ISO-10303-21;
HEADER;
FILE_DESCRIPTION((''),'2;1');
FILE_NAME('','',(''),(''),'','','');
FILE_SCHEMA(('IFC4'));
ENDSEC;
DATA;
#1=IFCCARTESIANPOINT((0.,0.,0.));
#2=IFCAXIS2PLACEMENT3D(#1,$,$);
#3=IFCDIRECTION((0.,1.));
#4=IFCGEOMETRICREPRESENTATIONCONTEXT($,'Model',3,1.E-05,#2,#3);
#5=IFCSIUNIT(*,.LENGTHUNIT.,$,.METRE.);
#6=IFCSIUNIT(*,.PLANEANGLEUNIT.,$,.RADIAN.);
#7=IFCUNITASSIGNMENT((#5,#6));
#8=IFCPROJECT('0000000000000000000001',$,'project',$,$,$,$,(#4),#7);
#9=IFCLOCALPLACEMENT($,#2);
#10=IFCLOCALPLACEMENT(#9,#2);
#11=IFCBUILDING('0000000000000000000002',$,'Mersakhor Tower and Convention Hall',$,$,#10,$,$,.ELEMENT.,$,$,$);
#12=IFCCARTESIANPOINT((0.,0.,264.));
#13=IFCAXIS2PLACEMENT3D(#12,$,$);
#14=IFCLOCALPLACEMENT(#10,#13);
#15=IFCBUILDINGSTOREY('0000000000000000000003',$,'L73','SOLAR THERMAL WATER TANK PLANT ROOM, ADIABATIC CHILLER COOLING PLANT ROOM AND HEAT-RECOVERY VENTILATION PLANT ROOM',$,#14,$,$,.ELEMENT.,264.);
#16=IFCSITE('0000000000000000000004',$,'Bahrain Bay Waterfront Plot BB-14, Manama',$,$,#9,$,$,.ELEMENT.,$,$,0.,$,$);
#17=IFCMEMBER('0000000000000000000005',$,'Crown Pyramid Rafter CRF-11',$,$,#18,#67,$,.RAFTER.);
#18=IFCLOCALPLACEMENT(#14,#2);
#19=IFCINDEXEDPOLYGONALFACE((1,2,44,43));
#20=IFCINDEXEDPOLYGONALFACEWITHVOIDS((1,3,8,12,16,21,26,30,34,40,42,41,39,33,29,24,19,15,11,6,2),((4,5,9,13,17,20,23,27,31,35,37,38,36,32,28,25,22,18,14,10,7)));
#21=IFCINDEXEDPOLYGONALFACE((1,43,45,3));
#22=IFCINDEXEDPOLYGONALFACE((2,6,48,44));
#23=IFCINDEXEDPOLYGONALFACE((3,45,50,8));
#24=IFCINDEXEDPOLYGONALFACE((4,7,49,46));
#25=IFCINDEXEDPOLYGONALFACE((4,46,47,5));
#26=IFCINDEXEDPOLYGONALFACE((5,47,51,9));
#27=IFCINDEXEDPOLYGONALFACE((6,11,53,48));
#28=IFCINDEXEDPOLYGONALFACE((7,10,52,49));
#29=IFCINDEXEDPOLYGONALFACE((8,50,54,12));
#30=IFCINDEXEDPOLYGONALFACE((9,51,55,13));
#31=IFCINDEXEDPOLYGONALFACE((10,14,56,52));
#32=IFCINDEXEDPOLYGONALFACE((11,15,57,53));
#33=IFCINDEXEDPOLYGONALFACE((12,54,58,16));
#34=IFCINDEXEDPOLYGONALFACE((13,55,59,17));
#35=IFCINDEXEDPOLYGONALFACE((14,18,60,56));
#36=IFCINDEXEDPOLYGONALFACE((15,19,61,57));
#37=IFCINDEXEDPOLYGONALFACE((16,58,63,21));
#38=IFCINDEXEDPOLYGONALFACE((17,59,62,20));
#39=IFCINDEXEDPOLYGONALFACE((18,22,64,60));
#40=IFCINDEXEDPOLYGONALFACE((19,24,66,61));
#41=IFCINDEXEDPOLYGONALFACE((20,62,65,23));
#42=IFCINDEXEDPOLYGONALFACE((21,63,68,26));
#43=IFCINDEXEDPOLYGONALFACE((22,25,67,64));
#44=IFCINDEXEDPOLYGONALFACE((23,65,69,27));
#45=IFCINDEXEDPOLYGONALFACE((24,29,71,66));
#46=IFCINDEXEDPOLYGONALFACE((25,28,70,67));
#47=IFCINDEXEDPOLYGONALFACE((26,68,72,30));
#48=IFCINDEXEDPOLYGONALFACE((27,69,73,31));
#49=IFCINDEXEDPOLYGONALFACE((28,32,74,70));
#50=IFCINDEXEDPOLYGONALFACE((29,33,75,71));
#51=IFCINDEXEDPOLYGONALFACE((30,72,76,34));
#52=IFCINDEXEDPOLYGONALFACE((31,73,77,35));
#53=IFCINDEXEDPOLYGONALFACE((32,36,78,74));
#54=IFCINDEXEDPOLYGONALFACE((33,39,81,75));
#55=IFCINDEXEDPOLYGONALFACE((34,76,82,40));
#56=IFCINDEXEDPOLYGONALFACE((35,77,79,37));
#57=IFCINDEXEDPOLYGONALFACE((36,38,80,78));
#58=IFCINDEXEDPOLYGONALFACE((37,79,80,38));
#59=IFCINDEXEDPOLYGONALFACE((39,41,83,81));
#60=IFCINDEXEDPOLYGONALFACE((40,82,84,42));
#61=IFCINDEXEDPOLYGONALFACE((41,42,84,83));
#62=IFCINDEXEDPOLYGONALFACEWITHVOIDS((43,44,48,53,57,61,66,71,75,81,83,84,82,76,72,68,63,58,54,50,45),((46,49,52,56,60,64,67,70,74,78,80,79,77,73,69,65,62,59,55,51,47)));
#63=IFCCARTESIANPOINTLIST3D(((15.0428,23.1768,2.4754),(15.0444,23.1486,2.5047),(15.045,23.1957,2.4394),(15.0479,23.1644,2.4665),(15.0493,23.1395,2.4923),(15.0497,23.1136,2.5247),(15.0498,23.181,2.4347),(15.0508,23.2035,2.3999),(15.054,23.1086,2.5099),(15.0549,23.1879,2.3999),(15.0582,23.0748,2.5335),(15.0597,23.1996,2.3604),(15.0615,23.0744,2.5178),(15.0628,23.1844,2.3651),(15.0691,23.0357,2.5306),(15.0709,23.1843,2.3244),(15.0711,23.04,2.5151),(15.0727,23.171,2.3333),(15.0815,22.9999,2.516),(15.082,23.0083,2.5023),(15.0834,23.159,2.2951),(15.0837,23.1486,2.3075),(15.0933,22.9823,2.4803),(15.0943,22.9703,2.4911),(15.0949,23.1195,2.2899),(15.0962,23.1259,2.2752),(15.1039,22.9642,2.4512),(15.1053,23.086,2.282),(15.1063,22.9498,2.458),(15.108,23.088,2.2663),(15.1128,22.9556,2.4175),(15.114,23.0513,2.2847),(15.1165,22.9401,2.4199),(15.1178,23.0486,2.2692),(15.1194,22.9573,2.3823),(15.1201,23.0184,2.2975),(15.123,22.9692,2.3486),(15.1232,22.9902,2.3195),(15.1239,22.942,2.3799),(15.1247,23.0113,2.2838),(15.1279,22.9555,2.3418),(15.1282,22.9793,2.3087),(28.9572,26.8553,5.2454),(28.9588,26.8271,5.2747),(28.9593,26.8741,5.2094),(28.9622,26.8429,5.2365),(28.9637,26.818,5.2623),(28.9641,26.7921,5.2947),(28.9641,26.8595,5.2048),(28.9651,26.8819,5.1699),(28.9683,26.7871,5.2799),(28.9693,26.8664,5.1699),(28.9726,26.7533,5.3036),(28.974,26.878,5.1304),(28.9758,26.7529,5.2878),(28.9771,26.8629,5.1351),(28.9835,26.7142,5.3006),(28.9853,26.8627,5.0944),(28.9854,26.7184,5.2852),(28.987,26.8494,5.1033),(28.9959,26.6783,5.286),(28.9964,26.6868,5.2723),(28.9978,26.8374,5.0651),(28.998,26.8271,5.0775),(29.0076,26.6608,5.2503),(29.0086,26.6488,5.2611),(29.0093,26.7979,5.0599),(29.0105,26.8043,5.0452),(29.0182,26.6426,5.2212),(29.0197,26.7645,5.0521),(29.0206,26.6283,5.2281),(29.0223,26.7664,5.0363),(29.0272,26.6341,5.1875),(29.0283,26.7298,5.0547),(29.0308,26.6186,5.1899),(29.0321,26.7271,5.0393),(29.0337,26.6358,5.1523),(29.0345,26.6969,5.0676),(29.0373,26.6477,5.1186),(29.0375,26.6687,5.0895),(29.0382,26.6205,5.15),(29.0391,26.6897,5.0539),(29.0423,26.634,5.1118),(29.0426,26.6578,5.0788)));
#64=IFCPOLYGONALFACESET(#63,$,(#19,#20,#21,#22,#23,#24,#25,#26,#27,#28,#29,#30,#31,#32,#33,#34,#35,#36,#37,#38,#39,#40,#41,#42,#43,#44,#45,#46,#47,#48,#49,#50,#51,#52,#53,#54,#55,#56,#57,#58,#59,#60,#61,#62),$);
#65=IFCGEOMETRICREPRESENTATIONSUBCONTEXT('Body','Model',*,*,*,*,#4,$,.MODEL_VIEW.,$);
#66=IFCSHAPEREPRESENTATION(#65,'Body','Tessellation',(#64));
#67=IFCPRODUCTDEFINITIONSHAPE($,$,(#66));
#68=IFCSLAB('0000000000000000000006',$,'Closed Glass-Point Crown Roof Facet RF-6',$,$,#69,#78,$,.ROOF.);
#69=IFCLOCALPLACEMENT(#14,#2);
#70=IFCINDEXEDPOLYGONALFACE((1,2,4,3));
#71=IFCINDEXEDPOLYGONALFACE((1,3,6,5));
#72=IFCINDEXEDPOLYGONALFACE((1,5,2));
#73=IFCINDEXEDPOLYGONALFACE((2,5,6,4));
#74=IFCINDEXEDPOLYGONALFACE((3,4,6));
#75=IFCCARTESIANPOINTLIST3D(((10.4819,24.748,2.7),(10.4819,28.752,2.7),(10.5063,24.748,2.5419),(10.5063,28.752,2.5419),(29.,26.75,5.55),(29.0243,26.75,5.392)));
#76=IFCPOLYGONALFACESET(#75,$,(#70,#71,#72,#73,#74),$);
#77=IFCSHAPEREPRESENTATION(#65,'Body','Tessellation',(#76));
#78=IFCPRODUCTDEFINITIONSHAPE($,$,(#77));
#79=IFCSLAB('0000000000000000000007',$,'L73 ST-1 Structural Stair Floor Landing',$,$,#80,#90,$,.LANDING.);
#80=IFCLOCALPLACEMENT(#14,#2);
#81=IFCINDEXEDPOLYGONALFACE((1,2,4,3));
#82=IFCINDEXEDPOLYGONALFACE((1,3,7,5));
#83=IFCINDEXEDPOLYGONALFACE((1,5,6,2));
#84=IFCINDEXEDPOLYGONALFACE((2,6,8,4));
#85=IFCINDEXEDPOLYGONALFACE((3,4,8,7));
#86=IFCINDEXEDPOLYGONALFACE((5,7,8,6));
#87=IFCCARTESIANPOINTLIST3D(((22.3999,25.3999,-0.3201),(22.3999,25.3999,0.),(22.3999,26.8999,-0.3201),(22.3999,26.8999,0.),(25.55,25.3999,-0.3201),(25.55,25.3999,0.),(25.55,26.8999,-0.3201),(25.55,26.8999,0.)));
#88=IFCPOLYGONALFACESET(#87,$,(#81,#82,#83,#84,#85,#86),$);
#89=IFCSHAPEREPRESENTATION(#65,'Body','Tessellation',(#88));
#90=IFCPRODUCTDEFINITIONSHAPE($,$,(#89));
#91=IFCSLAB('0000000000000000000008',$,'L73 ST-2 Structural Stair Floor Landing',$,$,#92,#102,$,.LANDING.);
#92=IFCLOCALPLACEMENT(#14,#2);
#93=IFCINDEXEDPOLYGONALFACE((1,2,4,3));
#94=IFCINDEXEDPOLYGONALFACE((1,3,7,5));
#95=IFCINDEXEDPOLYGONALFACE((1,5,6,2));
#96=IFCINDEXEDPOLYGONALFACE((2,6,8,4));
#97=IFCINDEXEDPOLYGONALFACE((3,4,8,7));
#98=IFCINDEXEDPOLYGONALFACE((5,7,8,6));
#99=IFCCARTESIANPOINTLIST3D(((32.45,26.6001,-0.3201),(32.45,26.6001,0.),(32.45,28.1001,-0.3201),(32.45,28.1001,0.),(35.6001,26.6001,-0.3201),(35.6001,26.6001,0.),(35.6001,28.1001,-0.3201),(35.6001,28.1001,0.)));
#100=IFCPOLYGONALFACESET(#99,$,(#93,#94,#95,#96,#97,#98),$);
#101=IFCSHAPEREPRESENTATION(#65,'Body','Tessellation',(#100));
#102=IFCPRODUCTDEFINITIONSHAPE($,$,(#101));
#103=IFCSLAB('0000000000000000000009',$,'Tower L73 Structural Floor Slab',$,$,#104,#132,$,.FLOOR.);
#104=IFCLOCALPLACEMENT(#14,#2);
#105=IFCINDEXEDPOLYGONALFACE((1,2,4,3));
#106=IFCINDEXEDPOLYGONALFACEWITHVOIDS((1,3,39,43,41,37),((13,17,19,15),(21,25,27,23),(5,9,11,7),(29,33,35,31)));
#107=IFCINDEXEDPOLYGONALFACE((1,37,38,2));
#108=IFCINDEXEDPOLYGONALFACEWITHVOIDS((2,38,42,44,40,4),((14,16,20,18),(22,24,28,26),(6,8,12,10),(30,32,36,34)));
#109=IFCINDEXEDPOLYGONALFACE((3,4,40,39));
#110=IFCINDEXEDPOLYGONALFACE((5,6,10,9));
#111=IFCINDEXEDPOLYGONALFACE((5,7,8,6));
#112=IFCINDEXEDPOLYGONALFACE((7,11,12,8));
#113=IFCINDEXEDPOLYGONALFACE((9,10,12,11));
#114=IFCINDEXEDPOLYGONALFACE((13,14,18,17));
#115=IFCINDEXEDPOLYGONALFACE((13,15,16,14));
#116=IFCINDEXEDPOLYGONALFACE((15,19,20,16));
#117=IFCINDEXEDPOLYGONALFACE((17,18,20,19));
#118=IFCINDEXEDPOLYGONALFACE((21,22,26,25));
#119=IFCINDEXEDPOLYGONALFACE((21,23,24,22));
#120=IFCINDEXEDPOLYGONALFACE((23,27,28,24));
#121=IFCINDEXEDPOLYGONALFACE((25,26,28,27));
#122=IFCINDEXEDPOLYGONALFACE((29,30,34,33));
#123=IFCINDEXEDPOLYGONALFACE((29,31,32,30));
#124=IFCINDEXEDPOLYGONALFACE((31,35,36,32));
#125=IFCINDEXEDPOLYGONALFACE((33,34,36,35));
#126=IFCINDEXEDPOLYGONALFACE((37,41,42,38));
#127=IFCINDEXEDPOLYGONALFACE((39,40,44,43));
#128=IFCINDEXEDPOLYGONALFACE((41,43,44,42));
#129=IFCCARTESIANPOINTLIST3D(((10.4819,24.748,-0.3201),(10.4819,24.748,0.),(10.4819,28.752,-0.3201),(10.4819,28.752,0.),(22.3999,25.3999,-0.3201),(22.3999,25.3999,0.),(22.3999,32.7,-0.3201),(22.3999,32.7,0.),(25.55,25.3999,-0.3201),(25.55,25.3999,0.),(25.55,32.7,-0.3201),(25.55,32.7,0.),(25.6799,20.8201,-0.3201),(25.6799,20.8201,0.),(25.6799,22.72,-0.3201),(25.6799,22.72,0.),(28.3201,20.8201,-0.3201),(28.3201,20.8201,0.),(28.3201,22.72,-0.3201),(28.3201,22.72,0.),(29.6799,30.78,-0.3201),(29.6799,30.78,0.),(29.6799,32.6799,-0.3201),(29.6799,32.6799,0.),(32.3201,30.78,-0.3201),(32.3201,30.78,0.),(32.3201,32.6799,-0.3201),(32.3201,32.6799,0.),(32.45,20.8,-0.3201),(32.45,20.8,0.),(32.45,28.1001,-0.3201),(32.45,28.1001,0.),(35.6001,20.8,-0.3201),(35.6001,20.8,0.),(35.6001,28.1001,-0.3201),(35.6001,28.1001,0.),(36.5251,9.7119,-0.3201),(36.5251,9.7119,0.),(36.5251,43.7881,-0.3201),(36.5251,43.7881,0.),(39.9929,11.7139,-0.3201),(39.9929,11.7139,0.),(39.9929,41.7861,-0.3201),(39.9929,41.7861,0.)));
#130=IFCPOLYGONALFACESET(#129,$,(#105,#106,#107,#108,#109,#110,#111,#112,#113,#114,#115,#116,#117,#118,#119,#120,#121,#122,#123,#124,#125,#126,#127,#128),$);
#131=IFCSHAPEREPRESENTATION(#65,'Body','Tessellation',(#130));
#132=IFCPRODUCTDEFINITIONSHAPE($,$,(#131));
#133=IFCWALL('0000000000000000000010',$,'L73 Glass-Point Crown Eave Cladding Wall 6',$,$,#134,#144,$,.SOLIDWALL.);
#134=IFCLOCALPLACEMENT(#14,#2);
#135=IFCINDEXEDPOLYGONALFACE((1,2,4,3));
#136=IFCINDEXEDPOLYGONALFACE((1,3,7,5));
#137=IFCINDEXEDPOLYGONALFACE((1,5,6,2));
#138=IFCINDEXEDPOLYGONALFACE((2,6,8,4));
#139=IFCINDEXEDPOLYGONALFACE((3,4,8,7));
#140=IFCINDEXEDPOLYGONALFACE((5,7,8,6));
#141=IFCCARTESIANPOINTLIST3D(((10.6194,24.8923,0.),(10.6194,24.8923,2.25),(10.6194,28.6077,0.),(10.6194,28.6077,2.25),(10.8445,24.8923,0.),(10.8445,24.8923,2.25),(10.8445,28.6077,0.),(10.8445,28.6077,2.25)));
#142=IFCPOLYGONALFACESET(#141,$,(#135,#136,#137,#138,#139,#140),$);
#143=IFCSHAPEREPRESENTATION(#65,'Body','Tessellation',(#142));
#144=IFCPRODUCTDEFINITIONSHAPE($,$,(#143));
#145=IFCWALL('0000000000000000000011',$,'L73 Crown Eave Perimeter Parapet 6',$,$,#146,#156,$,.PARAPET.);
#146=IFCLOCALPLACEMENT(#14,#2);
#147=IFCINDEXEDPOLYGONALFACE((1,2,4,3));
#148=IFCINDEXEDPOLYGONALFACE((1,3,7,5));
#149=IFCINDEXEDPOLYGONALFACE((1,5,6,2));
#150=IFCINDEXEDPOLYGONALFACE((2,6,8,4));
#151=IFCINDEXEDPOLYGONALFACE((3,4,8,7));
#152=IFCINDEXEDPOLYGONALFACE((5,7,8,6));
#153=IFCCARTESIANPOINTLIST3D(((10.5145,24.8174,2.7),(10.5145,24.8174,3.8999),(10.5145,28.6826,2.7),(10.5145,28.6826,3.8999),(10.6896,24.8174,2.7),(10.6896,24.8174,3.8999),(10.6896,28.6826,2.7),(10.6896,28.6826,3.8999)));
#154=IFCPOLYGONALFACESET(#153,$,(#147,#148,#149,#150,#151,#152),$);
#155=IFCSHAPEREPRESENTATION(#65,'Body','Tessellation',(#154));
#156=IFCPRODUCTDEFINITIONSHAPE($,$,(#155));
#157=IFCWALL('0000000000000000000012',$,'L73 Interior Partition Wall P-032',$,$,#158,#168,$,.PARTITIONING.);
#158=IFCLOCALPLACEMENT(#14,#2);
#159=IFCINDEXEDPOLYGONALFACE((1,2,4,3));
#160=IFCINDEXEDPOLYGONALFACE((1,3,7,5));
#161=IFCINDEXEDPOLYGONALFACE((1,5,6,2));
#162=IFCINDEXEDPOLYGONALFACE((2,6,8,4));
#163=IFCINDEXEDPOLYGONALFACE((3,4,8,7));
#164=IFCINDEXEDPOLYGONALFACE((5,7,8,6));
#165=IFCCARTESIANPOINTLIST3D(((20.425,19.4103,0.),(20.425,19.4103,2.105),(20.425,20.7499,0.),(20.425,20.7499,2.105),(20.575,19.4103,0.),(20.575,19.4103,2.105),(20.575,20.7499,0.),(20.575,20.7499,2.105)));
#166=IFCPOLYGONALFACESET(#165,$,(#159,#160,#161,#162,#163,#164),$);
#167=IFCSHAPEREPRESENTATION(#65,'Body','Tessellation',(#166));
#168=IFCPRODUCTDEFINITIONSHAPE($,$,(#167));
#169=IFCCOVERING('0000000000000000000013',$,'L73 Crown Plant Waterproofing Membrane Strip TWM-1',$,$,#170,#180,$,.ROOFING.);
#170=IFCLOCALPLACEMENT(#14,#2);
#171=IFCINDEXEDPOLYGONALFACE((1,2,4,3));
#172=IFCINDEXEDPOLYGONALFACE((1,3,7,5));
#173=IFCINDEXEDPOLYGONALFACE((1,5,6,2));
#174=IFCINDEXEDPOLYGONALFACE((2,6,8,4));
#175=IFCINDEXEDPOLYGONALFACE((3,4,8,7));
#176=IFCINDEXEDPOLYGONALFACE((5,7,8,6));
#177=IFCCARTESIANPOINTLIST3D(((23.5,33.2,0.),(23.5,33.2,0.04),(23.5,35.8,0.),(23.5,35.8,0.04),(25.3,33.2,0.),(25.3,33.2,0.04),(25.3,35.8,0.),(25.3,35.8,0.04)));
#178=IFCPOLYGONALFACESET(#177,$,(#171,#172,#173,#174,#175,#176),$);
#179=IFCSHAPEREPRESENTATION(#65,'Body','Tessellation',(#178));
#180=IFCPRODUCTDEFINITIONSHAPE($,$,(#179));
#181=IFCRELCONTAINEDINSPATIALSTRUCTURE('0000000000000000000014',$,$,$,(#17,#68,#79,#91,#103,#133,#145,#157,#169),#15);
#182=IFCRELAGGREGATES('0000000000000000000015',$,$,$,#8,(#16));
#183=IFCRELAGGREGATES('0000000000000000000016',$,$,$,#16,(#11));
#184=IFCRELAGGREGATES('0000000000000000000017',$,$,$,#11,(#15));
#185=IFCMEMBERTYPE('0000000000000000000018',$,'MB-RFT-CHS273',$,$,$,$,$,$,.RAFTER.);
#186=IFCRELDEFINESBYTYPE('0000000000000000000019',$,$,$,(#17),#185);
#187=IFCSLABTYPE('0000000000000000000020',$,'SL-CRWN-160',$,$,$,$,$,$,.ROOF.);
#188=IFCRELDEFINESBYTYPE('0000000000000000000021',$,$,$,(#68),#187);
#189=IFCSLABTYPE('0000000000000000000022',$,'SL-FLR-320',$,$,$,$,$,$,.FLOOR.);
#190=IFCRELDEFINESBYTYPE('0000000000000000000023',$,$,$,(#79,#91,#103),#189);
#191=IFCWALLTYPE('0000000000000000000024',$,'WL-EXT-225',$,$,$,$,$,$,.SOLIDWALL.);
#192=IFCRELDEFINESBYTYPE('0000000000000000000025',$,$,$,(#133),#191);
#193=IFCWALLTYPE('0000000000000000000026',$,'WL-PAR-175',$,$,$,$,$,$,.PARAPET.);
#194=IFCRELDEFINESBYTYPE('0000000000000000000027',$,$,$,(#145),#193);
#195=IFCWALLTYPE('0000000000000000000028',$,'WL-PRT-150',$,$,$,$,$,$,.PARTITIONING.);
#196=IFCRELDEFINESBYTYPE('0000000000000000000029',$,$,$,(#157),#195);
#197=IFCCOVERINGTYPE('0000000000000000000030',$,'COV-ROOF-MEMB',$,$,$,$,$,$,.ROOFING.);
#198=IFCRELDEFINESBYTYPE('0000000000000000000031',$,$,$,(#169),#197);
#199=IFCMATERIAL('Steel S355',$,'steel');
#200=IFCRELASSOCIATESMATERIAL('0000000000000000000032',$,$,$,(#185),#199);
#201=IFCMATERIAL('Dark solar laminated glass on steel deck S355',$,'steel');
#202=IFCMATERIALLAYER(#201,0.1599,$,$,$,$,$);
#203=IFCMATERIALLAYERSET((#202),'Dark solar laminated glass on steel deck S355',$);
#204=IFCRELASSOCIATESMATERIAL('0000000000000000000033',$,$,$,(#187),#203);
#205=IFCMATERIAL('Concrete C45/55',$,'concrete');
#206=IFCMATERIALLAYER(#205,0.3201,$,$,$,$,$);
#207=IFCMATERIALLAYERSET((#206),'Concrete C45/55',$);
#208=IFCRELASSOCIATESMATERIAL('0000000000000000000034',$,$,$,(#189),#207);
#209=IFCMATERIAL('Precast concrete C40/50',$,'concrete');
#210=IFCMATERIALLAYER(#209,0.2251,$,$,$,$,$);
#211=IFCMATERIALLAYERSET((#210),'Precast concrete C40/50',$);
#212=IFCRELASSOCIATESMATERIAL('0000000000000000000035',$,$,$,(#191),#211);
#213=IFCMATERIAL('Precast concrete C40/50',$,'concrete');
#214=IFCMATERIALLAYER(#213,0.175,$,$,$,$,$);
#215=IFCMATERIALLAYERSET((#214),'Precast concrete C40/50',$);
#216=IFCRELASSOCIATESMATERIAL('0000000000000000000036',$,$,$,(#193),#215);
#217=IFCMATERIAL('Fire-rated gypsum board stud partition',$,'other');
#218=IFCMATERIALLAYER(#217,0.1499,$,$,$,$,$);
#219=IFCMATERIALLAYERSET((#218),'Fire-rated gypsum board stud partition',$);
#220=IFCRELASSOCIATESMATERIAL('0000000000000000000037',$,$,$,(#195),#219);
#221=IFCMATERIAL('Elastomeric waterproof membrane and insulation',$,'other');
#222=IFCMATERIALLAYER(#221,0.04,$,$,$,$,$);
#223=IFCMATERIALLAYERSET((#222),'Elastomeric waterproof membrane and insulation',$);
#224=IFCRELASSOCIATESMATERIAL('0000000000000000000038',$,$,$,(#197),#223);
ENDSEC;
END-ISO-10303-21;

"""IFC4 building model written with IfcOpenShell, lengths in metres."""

from ifc_helpers import new_model, si_unit, direction, frame, frame_2d, origin, origin_2d, place, context, subcontext, project, spatial, polyline, rectangle, hollow_circle, outline, extrude, material, layer, layer_set, material_profile, profile_set, type_object, element, save


model = new_model("IFC4")

# Units and contexts
model_context = context("Model", 3, precision=1e-05, world=origin(), true_north=direction((0.0, 1.0)))
body_context = subcontext(model_context, "Body", "Model", "MODEL_VIEW")
ifc_project = project(units=[si_unit("LENGTHUNIT", "METRE"), si_unit("PLANEANGLEUNIT", "RADIAN")], contexts=[model_context])

# Site, building, storey
site_placement = place(None, origin())
site = spatial("IfcSite", under=ifc_project, at=site_placement, Name="Bahrain Bay Waterfront Plot BB-14, Manama", CompositionType="ELEMENT", RefElevation=0.0)
building_placement = place(site_placement, origin())
building = spatial("IfcBuilding", under=site, at=building_placement, Name="Mersakhor Tower and Convention Hall", CompositionType="ELEMENT")
storey_placement = place(building_placement, frame((0.0, 0.0, 264.0)))
storey = spatial("IfcBuildingStorey", under=building, at=storey_placement, Name="L73", Description="SOLAR THERMAL WATER TANK PLANT ROOM, ADIABATIC CHILLER COOLING PLANT ROOM AND HEAT-RECOVERY VENTILATION PLANT ROOM", CompositionType="ELEMENT", Elevation=264.0)

# Member
ifc_material_1 = material(Name="Steel S355", Category="steel")
ifc_material_profile_1 = material_profile(ifc_material_1, hollow_circle(Radius=0.1365, WallThickness=0.0161, at=origin_2d()), Name="CHS 273x16")
ifc_profile_set_1 = profile_set([ifc_material_profile_1], Name="Steel S355")
member_type_1 = type_object("IfcMemberType", Name="MB-RFT-CHS273", PredefinedType="RAFTER", material=ifc_profile_set_1)
member_1_placement = place(storey_placement, frame((15.0857, 23.0715, 2.3999), z_axis=(0.949363, 0.250979, 0.188996), x_axis=(-0.255585, 0.966787, 0.0)))
element("IfcMember", 1, at=member_1_placement, inside=storey, type_object=member_type_1, Name="Crown Pyramid Rafter CRF-11", PredefinedType="RAFTER", context=body_context, shape_type="SweptSolid", body=[
    extrude(hollow_circle(Radius=0.1365, WallThickness=0.0161, at=origin_2d()), origin(), (0.0, 0.0, 1.0), 14.6565),
])

# Slabs
ifc_material_2 = material(Name="Dark solar laminated glass on steel deck S355", Category="steel")
ifc_layer_1 = layer(ifc_material_2, 0.1599)
ifc_layer_set_1 = layer_set([ifc_layer_1], Name="Dark solar laminated glass on steel deck S355")
slab_type_1 = type_object("IfcSlabType", Name="SL-CRWN-160", PredefinedType="ROOF", material=ifc_layer_set_1)
slab_1_placement = place(storey_placement, frame((10.4819, 24.748, 2.7), z_axis=(-0.152118, 0.0, 0.988362), x_axis=(0.982768, 0.106245, 0.151257)))
element("IfcSlab", 2, at=slab_1_placement, inside=storey, type_object=slab_type_1, Name="Closed Glass-Point Crown Roof Facet RF-6", PredefinedType="ROOF", context=body_context, shape_type="SweptSolid", body=[
    extrude(outline(polyline([(0.0, 0.0), (18.8428, 0.0), (0.4254, 3.9812), (0.0, 0.0)])), origin(), (0.0, 0.0, -1.0), 0.1599),
])
ifc_material_3 = material(Name="Concrete C45/55", Category="concrete")
ifc_layer_2 = layer(ifc_material_3, 0.3201)
ifc_layer_set_2 = layer_set([ifc_layer_2], Name="Concrete C45/55")
slab_type_2 = type_object("IfcSlabType", Name="SL-FLR-320", PredefinedType="FLOOR", material=ifc_layer_set_2)
slab_2_placement = place(storey_placement, frame((0.0, 0.0, -0.3201)))
element("IfcSlab", 3, at=slab_2_placement, inside=storey, type_object=slab_type_2, Name="L73 ST-1 Structural Stair Floor Landing", PredefinedType="LANDING", context=body_context, shape_type="SweptSolid", body=[
    extrude(outline(polyline([(25.55, 25.3999), (25.55, 26.8999), (22.3999, 26.8999), (22.3999, 25.3999), (25.55, 25.3999)])), origin(), (0.0, 0.0, 1.0), 0.3201),
])
slab_3_placement = place(storey_placement, frame((0.0, 0.0, -0.3201)))
element("IfcSlab", 4, at=slab_3_placement, inside=storey, type_object=slab_type_2, Name="L73 ST-2 Structural Stair Floor Landing", PredefinedType="LANDING", context=body_context, shape_type="SweptSolid", body=[
    extrude(outline(polyline([(32.45, 28.1001), (32.45, 26.6001), (35.6001, 26.6001), (35.6001, 28.1001), (32.45, 28.1001)])), origin(), (0.0, 0.0, 1.0), 0.3201),
])
slab_4_placement = place(storey_placement, frame((0.0, 0.0, -0.3201)))
element("IfcSlab", 5, at=slab_4_placement, inside=storey, type_object=slab_type_2, Name="Tower L73 Structural Floor Slab", PredefinedType="FLOOR", context=body_context, shape_type="SweptSolid", body=[
    extrude(outline(polyline([(10.4819, 28.752), (36.5251, 43.7881), (39.9929, 41.7861), (39.9929, 11.7139), (36.5251, 9.7119), (10.4819, 24.748), (10.4819, 28.752)]), holes=[polyline([(25.55, 25.3999), (25.55, 32.7), (22.3999, 32.7), (22.3999, 25.3999), (25.55, 25.3999)]), polyline([(32.45, 28.1001), (32.45, 20.8), (35.6001, 20.8), (35.6001, 28.1001), (32.45, 28.1001)]), polyline([(25.6799, 20.8201), (25.6799, 22.72), (28.3201, 22.72), (28.3201, 20.8201), (25.6799, 20.8201)]), polyline([(29.6799, 30.78), (29.6799, 32.6799), (32.3201, 32.6799), (32.3201, 30.78), (29.6799, 30.78)])]), origin(), (0.0, 0.0, 1.0), 0.3201),
])

# Walls
ifc_material_4 = material(Name="Precast concrete C40/50", Category="concrete")
ifc_layer_3 = layer(ifc_material_4, 0.2251)
ifc_layer_set_3 = layer_set([ifc_layer_3], Name="Precast concrete C40/50")
wall_type_1 = type_object("IfcWallType", Name="WL-EXT-225", PredefinedType="SOLIDWALL", material=ifc_layer_set_3)
wall_1_placement = place(storey_placement, frame((10.7319, 24.8923, 0.0), z_axis=(0.0, 0.0, 1.0), x_axis=(0.0, 1.0, 0.0)))
element("IfcWall", 6, at=wall_1_placement, inside=storey, type_object=wall_type_1, Name="L73 Glass-Point Crown Eave Cladding Wall 6", PredefinedType="SOLIDWALL", context=body_context, shape_type="SweptSolid", body=[
    extrude(rectangle(XDim=3.7153, YDim=0.2251, at=frame_2d((1.8577, 0.0))), origin(), (0.0, 0.0, 1.0), 2.25),
])
ifc_material_5 = material(Name="Precast concrete C40/50", Category="concrete")
ifc_layer_4 = layer(ifc_material_5, 0.175)
ifc_layer_set_4 = layer_set([ifc_layer_4], Name="Precast concrete C40/50")
wall_type_2 = type_object("IfcWallType", Name="WL-PAR-175", PredefinedType="PARAPET", material=ifc_layer_set_4)
wall_2_placement = place(storey_placement, frame((10.6021, 24.8174, 2.7), z_axis=(0.0, 0.0, 1.0), x_axis=(0.0, 1.0, 0.0)))
element("IfcWall", 7, at=wall_2_placement, inside=storey, type_object=wall_type_2, Name="L73 Crown Eave Perimeter Parapet 6", PredefinedType="PARAPET", context=body_context, shape_type="SweptSolid", body=[
    extrude(rectangle(XDim=3.8652, YDim=0.175, at=frame_2d((1.9326, 0.0))), origin(), (0.0, 0.0, 1.0), 1.2),
])
ifc_material_6 = material(Name="Fire-rated gypsum board stud partition", Category="other")
ifc_layer_5 = layer(ifc_material_6, 0.1499)
ifc_layer_set_5 = layer_set([ifc_layer_5], Name="Fire-rated gypsum board stud partition")
wall_type_3 = type_object("IfcWallType", Name="WL-PRT-150", PredefinedType="PARTITIONING", material=ifc_layer_set_5)
wall_3_placement = place(storey_placement, frame((20.5, 20.75, 0.0), z_axis=(0.0, 0.0, 1.0), x_axis=(0.0, -1.0, 0.0)))
element("IfcWall", 8, at=wall_3_placement, inside=storey, type_object=wall_type_3, Name="L73 Interior Partition Wall P-032", PredefinedType="PARTITIONING", context=body_context, shape_type="SweptSolid", body=[
    extrude(rectangle(XDim=1.3396, YDim=0.1499, at=frame_2d((0.6699, 0.0))), origin(), (0.0, 0.0, 1.0), 2.105),
])

# Covering
ifc_material_7 = material(Name="Elastomeric waterproof membrane and insulation", Category="other")
ifc_layer_6 = layer(ifc_material_7, 0.04)
ifc_layer_set_6 = layer_set([ifc_layer_6], Name="Elastomeric waterproof membrane and insulation")
covering_type = type_object("IfcCoveringType", Name="COV-ROOF-MEMB", PredefinedType="ROOFING", material=ifc_layer_set_6)
covering_1_placement = place(storey_placement, origin())
element("IfcCovering", 9, at=covering_1_placement, inside=storey, type_object=covering_type, Name="L73 Crown Plant Waterproofing Membrane Strip TWM-1", PredefinedType="ROOFING", context=body_context, shape_type="SweptSolid", body=[
    extrude(outline(polyline([(23.5, 33.2), (23.5, 35.8), (25.3, 35.8), (25.3, 33.2), (23.5, 33.2)])), origin(), (0.0, 0.0, 1.0), 0.04),
])

save(model, "model.ifc")
